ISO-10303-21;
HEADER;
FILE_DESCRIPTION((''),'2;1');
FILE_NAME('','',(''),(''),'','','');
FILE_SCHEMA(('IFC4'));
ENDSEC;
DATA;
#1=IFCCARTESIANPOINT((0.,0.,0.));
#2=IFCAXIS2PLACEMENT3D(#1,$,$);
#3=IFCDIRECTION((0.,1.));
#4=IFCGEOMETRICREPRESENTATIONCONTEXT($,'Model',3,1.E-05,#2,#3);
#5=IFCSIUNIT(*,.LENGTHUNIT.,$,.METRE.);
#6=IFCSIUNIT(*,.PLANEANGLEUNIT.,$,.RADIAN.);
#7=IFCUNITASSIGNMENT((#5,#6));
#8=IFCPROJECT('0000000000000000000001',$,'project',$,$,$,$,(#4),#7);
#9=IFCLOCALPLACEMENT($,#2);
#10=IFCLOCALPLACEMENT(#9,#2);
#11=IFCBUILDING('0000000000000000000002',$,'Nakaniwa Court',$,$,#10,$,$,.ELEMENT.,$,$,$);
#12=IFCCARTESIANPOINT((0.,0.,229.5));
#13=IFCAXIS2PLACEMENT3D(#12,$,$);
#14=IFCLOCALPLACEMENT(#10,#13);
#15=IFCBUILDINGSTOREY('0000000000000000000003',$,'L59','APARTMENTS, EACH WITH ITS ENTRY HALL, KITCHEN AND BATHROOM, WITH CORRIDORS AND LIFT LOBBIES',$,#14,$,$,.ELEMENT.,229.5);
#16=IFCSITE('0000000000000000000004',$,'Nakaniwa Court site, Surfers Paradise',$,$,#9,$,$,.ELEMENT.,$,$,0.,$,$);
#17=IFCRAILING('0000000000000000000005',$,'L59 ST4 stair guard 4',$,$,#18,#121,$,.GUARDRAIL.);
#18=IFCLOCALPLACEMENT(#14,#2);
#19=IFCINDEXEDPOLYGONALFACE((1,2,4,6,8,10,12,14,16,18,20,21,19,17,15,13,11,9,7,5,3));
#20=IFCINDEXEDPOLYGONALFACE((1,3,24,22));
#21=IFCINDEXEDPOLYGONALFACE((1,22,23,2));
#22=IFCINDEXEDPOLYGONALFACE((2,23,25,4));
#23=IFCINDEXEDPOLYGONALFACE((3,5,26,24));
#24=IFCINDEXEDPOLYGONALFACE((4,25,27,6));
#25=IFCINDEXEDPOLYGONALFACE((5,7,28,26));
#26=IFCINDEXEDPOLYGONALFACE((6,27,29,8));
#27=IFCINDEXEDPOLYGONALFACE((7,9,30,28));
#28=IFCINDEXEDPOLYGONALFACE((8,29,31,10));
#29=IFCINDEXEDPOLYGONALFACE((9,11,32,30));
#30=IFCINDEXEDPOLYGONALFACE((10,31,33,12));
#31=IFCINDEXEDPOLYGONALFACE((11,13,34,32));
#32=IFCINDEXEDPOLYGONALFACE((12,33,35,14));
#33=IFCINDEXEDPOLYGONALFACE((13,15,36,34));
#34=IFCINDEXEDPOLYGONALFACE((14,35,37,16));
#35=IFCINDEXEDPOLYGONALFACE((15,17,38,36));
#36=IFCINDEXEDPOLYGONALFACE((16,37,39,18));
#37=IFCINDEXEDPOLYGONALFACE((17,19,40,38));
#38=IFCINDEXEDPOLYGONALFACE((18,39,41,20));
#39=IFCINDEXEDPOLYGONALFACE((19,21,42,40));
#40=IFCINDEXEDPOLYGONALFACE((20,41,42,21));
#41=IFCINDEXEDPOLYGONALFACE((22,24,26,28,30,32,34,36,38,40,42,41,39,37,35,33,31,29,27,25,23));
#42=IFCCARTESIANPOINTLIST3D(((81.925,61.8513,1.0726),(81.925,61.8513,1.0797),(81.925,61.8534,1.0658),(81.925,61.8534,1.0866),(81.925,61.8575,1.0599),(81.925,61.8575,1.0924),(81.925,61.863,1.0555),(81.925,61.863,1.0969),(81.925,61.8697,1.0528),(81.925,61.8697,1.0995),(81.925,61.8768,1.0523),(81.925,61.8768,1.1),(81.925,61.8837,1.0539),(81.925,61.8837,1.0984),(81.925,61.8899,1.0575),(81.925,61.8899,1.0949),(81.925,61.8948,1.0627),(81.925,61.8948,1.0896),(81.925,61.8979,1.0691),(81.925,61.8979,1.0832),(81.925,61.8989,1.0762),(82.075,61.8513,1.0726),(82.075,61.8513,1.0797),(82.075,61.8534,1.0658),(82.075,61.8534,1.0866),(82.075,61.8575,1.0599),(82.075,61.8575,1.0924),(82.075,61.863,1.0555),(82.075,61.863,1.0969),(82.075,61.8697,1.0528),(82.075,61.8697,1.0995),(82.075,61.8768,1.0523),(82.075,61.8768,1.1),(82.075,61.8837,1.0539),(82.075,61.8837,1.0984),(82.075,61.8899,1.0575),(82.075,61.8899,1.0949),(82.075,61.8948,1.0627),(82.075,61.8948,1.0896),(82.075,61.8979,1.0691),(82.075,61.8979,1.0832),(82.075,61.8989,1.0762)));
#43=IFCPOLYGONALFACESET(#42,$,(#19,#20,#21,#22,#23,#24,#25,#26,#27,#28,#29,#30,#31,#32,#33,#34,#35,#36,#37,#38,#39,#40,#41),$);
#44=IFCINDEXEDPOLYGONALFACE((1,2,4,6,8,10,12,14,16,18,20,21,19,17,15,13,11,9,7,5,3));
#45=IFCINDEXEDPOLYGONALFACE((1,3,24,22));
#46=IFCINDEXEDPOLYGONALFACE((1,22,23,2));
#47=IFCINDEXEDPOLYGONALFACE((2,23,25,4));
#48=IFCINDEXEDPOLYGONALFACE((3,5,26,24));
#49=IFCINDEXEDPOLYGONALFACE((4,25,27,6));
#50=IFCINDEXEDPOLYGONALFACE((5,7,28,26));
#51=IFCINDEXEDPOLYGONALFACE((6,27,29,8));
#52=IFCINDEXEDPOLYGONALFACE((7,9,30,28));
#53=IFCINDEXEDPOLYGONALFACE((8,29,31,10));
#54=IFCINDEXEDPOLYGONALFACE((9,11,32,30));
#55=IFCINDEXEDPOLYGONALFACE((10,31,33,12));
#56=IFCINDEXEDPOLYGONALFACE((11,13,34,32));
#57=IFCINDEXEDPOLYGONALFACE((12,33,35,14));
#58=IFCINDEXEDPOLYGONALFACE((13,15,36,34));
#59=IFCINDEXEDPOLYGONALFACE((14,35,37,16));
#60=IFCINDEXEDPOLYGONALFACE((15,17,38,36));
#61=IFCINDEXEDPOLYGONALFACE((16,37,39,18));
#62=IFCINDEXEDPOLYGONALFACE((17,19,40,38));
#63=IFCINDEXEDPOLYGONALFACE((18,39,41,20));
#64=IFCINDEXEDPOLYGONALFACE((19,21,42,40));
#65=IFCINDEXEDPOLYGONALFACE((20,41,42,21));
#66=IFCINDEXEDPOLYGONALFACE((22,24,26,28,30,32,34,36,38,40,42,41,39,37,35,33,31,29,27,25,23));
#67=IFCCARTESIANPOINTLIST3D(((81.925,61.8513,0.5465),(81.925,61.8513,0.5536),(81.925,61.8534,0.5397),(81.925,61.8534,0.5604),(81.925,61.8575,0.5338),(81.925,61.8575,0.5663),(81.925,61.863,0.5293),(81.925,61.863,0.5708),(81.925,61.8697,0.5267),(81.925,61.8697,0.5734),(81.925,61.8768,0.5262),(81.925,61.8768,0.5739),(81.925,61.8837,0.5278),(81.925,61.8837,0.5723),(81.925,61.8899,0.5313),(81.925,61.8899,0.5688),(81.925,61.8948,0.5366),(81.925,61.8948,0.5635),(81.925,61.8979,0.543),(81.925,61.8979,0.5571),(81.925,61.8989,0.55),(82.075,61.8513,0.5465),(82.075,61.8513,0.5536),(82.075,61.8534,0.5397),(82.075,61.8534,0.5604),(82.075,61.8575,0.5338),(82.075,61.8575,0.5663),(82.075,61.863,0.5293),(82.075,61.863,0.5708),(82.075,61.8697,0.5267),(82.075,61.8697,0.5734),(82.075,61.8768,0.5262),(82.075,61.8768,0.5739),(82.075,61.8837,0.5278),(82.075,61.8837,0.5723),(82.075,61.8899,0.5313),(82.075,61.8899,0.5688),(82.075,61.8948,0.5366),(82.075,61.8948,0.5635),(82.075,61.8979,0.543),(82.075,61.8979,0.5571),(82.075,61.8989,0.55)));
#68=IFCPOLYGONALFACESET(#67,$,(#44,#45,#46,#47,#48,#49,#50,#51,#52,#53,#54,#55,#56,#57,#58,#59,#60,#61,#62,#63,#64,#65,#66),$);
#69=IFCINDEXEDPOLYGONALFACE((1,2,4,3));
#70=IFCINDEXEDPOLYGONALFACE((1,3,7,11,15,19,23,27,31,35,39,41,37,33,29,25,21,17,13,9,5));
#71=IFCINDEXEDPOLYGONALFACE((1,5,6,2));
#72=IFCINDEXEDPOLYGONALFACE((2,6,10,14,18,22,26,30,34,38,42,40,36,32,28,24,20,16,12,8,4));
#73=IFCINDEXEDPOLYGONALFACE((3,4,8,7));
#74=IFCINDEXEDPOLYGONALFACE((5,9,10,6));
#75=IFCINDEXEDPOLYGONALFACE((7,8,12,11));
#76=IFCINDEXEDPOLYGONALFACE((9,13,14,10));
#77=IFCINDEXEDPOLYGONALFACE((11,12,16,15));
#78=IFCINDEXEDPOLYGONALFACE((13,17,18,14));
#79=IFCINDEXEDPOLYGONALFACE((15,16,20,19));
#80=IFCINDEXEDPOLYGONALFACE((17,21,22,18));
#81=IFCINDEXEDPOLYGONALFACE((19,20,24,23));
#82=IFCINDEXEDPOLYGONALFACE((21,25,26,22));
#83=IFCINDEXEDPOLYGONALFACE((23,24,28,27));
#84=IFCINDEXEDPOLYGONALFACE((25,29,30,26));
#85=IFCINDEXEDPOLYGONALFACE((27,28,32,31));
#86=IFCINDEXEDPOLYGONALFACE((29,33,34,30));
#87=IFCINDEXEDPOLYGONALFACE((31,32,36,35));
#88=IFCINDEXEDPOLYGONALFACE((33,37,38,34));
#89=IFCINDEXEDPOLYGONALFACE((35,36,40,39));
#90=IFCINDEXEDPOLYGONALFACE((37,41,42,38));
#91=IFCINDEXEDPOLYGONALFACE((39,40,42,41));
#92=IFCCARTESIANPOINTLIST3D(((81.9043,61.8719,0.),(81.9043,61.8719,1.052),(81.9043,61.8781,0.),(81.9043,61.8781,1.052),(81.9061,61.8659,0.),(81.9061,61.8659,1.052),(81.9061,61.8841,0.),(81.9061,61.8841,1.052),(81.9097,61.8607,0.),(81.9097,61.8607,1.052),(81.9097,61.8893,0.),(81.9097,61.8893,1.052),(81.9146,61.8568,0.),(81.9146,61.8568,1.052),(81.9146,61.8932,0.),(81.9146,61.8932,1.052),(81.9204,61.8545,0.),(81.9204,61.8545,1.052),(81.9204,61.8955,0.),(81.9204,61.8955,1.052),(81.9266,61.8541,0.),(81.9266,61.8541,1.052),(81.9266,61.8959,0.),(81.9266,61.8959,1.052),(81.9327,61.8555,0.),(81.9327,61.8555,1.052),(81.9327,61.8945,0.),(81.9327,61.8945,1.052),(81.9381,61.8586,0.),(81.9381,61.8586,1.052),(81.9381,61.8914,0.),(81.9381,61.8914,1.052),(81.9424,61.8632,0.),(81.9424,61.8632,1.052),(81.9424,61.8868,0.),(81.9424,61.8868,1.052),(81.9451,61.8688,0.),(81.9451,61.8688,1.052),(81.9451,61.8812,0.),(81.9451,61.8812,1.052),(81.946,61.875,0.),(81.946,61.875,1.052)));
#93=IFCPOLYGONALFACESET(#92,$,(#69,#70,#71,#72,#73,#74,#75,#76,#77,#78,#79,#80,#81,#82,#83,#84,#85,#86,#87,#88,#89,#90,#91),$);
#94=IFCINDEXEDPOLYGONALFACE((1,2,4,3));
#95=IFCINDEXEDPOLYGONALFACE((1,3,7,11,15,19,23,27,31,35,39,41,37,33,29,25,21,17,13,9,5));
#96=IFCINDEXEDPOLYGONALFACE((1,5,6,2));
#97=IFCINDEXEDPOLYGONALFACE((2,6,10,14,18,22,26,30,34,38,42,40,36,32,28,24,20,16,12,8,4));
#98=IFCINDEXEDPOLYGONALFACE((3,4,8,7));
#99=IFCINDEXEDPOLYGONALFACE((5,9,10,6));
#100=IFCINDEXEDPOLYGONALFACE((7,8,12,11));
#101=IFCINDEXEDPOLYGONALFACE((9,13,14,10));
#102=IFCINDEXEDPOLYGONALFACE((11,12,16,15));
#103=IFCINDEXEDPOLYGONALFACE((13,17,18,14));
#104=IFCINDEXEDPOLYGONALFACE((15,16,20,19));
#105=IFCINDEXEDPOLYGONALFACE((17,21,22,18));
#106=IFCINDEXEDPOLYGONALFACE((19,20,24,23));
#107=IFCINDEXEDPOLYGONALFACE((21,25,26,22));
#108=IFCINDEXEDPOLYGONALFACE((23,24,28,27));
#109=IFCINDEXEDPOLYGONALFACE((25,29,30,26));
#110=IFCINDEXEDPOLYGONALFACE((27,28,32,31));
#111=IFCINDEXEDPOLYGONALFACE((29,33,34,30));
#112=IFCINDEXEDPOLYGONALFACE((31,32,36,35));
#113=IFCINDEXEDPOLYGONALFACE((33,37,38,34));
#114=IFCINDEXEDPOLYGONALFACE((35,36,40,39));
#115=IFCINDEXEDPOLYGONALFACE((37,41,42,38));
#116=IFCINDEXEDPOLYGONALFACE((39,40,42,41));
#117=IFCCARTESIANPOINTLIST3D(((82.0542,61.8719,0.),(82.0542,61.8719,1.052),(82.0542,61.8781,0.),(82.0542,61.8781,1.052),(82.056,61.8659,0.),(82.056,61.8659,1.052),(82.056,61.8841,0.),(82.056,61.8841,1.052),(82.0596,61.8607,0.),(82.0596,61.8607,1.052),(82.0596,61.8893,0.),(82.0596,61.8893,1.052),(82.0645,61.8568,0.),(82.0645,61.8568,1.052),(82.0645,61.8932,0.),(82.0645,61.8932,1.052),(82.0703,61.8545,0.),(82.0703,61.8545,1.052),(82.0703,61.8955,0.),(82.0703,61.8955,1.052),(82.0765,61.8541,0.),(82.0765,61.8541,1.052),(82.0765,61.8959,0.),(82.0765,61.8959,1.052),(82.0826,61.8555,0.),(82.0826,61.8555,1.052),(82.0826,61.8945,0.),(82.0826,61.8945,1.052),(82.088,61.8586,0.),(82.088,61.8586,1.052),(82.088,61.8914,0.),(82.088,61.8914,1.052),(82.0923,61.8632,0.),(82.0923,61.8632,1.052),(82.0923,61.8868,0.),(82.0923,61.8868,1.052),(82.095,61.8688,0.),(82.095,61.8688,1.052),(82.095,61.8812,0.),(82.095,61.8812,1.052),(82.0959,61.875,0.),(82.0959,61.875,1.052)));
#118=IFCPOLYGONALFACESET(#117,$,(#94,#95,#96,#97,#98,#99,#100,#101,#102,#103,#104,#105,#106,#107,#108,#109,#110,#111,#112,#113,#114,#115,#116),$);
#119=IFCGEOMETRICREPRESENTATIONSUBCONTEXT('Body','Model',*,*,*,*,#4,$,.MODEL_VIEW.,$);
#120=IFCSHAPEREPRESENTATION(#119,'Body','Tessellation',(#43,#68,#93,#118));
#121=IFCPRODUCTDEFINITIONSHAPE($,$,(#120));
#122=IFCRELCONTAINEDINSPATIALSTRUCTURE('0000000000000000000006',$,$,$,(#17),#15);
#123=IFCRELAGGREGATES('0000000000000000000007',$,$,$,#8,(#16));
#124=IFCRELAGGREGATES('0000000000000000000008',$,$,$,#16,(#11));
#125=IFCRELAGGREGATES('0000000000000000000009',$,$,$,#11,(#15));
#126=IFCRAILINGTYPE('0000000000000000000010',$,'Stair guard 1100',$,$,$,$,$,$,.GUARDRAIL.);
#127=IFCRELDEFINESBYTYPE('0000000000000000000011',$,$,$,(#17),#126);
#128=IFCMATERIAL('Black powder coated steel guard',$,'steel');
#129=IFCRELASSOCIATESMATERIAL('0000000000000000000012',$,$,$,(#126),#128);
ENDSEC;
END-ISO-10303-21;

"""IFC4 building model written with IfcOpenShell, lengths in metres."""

from ifc_helpers import new_model, si_unit, direction, frame, origin, origin_2d, place, context, subcontext, project, spatial, circle, extrude, material, type_object, element, save


model = new_model("IFC4")

# Units and contexts
model_context = context("Model", 3, precision=1e-05, world=origin(), true_north=direction((0.0, 1.0)))
body_context = subcontext(model_context, "Body", "Model", "MODEL_VIEW")
ifc_project = project(units=[si_unit("LENGTHUNIT", "METRE"), si_unit("PLANEANGLEUNIT", "RADIAN")], contexts=[model_context])

# Site, building, storey
site_placement = place(None, origin())
site = spatial("IfcSite", under=ifc_project, at=site_placement, Name="Nakaniwa Court site, Surfers Paradise", CompositionType="ELEMENT", RefElevation=0.0)
building_placement = place(site_placement, origin())
building = spatial("IfcBuilding", under=site, at=building_placement, Name="Nakaniwa Court", CompositionType="ELEMENT")
storey_placement = place(building_placement, frame((0.0, 0.0, 229.5)))
storey = spatial("IfcBuildingStorey", under=building, at=storey_placement, Name="L59", Description="APARTMENTS, EACH WITH ITS ENTRY HALL, KITCHEN AND BATHROOM, WITH CORRIDORS AND LIFT LOBBIES", CompositionType="ELEMENT", Elevation=229.5)

# Railing
ifc_material_1 = material(Name="Black powder coated steel guard", Category="steel")
railing_type_1 = type_object("IfcRailingType", Name="Stair guard 1100", PredefinedType="GUARDRAIL", material=ifc_material_1)
railing_1_placement = place(storey_placement, frame((81.925, 61.875, 0.0)))
element("IfcRailing", 1, at=railing_1_placement, inside=storey, type_object=railing_type_1, Name="L59 ST4 stair guard 4", PredefinedType="GUARDRAIL", context=body_context, shape_type="SweptSolid", body=[
    extrude(circle(Radius=0.0239, at=origin_2d()), frame((0.0, 0.0, 1.0762), z_axis=(1.0, 0.0, 0.0), x_axis=(0.0, 1.0, 0.0)), (0.0, 0.0, 1.0), 0.1499),
    extrude(circle(Radius=0.0239, at=origin_2d()), frame((0.0, 0.0, 0.55), z_axis=(1.0, 0.0, 0.0), x_axis=(0.0, 1.0, 0.0)), (0.0, 0.0, 1.0), 0.1499),
    extrude(circle(Radius=0.021, at=origin_2d()), origin(), (0.0, 0.0, 1.0), 1.052),
    extrude(circle(Radius=0.021, at=origin_2d()), frame((0.1499, 0.0, 0.0)), (0.0, 0.0, 1.0), 1.052),
])

save(model, "model.ifc")
